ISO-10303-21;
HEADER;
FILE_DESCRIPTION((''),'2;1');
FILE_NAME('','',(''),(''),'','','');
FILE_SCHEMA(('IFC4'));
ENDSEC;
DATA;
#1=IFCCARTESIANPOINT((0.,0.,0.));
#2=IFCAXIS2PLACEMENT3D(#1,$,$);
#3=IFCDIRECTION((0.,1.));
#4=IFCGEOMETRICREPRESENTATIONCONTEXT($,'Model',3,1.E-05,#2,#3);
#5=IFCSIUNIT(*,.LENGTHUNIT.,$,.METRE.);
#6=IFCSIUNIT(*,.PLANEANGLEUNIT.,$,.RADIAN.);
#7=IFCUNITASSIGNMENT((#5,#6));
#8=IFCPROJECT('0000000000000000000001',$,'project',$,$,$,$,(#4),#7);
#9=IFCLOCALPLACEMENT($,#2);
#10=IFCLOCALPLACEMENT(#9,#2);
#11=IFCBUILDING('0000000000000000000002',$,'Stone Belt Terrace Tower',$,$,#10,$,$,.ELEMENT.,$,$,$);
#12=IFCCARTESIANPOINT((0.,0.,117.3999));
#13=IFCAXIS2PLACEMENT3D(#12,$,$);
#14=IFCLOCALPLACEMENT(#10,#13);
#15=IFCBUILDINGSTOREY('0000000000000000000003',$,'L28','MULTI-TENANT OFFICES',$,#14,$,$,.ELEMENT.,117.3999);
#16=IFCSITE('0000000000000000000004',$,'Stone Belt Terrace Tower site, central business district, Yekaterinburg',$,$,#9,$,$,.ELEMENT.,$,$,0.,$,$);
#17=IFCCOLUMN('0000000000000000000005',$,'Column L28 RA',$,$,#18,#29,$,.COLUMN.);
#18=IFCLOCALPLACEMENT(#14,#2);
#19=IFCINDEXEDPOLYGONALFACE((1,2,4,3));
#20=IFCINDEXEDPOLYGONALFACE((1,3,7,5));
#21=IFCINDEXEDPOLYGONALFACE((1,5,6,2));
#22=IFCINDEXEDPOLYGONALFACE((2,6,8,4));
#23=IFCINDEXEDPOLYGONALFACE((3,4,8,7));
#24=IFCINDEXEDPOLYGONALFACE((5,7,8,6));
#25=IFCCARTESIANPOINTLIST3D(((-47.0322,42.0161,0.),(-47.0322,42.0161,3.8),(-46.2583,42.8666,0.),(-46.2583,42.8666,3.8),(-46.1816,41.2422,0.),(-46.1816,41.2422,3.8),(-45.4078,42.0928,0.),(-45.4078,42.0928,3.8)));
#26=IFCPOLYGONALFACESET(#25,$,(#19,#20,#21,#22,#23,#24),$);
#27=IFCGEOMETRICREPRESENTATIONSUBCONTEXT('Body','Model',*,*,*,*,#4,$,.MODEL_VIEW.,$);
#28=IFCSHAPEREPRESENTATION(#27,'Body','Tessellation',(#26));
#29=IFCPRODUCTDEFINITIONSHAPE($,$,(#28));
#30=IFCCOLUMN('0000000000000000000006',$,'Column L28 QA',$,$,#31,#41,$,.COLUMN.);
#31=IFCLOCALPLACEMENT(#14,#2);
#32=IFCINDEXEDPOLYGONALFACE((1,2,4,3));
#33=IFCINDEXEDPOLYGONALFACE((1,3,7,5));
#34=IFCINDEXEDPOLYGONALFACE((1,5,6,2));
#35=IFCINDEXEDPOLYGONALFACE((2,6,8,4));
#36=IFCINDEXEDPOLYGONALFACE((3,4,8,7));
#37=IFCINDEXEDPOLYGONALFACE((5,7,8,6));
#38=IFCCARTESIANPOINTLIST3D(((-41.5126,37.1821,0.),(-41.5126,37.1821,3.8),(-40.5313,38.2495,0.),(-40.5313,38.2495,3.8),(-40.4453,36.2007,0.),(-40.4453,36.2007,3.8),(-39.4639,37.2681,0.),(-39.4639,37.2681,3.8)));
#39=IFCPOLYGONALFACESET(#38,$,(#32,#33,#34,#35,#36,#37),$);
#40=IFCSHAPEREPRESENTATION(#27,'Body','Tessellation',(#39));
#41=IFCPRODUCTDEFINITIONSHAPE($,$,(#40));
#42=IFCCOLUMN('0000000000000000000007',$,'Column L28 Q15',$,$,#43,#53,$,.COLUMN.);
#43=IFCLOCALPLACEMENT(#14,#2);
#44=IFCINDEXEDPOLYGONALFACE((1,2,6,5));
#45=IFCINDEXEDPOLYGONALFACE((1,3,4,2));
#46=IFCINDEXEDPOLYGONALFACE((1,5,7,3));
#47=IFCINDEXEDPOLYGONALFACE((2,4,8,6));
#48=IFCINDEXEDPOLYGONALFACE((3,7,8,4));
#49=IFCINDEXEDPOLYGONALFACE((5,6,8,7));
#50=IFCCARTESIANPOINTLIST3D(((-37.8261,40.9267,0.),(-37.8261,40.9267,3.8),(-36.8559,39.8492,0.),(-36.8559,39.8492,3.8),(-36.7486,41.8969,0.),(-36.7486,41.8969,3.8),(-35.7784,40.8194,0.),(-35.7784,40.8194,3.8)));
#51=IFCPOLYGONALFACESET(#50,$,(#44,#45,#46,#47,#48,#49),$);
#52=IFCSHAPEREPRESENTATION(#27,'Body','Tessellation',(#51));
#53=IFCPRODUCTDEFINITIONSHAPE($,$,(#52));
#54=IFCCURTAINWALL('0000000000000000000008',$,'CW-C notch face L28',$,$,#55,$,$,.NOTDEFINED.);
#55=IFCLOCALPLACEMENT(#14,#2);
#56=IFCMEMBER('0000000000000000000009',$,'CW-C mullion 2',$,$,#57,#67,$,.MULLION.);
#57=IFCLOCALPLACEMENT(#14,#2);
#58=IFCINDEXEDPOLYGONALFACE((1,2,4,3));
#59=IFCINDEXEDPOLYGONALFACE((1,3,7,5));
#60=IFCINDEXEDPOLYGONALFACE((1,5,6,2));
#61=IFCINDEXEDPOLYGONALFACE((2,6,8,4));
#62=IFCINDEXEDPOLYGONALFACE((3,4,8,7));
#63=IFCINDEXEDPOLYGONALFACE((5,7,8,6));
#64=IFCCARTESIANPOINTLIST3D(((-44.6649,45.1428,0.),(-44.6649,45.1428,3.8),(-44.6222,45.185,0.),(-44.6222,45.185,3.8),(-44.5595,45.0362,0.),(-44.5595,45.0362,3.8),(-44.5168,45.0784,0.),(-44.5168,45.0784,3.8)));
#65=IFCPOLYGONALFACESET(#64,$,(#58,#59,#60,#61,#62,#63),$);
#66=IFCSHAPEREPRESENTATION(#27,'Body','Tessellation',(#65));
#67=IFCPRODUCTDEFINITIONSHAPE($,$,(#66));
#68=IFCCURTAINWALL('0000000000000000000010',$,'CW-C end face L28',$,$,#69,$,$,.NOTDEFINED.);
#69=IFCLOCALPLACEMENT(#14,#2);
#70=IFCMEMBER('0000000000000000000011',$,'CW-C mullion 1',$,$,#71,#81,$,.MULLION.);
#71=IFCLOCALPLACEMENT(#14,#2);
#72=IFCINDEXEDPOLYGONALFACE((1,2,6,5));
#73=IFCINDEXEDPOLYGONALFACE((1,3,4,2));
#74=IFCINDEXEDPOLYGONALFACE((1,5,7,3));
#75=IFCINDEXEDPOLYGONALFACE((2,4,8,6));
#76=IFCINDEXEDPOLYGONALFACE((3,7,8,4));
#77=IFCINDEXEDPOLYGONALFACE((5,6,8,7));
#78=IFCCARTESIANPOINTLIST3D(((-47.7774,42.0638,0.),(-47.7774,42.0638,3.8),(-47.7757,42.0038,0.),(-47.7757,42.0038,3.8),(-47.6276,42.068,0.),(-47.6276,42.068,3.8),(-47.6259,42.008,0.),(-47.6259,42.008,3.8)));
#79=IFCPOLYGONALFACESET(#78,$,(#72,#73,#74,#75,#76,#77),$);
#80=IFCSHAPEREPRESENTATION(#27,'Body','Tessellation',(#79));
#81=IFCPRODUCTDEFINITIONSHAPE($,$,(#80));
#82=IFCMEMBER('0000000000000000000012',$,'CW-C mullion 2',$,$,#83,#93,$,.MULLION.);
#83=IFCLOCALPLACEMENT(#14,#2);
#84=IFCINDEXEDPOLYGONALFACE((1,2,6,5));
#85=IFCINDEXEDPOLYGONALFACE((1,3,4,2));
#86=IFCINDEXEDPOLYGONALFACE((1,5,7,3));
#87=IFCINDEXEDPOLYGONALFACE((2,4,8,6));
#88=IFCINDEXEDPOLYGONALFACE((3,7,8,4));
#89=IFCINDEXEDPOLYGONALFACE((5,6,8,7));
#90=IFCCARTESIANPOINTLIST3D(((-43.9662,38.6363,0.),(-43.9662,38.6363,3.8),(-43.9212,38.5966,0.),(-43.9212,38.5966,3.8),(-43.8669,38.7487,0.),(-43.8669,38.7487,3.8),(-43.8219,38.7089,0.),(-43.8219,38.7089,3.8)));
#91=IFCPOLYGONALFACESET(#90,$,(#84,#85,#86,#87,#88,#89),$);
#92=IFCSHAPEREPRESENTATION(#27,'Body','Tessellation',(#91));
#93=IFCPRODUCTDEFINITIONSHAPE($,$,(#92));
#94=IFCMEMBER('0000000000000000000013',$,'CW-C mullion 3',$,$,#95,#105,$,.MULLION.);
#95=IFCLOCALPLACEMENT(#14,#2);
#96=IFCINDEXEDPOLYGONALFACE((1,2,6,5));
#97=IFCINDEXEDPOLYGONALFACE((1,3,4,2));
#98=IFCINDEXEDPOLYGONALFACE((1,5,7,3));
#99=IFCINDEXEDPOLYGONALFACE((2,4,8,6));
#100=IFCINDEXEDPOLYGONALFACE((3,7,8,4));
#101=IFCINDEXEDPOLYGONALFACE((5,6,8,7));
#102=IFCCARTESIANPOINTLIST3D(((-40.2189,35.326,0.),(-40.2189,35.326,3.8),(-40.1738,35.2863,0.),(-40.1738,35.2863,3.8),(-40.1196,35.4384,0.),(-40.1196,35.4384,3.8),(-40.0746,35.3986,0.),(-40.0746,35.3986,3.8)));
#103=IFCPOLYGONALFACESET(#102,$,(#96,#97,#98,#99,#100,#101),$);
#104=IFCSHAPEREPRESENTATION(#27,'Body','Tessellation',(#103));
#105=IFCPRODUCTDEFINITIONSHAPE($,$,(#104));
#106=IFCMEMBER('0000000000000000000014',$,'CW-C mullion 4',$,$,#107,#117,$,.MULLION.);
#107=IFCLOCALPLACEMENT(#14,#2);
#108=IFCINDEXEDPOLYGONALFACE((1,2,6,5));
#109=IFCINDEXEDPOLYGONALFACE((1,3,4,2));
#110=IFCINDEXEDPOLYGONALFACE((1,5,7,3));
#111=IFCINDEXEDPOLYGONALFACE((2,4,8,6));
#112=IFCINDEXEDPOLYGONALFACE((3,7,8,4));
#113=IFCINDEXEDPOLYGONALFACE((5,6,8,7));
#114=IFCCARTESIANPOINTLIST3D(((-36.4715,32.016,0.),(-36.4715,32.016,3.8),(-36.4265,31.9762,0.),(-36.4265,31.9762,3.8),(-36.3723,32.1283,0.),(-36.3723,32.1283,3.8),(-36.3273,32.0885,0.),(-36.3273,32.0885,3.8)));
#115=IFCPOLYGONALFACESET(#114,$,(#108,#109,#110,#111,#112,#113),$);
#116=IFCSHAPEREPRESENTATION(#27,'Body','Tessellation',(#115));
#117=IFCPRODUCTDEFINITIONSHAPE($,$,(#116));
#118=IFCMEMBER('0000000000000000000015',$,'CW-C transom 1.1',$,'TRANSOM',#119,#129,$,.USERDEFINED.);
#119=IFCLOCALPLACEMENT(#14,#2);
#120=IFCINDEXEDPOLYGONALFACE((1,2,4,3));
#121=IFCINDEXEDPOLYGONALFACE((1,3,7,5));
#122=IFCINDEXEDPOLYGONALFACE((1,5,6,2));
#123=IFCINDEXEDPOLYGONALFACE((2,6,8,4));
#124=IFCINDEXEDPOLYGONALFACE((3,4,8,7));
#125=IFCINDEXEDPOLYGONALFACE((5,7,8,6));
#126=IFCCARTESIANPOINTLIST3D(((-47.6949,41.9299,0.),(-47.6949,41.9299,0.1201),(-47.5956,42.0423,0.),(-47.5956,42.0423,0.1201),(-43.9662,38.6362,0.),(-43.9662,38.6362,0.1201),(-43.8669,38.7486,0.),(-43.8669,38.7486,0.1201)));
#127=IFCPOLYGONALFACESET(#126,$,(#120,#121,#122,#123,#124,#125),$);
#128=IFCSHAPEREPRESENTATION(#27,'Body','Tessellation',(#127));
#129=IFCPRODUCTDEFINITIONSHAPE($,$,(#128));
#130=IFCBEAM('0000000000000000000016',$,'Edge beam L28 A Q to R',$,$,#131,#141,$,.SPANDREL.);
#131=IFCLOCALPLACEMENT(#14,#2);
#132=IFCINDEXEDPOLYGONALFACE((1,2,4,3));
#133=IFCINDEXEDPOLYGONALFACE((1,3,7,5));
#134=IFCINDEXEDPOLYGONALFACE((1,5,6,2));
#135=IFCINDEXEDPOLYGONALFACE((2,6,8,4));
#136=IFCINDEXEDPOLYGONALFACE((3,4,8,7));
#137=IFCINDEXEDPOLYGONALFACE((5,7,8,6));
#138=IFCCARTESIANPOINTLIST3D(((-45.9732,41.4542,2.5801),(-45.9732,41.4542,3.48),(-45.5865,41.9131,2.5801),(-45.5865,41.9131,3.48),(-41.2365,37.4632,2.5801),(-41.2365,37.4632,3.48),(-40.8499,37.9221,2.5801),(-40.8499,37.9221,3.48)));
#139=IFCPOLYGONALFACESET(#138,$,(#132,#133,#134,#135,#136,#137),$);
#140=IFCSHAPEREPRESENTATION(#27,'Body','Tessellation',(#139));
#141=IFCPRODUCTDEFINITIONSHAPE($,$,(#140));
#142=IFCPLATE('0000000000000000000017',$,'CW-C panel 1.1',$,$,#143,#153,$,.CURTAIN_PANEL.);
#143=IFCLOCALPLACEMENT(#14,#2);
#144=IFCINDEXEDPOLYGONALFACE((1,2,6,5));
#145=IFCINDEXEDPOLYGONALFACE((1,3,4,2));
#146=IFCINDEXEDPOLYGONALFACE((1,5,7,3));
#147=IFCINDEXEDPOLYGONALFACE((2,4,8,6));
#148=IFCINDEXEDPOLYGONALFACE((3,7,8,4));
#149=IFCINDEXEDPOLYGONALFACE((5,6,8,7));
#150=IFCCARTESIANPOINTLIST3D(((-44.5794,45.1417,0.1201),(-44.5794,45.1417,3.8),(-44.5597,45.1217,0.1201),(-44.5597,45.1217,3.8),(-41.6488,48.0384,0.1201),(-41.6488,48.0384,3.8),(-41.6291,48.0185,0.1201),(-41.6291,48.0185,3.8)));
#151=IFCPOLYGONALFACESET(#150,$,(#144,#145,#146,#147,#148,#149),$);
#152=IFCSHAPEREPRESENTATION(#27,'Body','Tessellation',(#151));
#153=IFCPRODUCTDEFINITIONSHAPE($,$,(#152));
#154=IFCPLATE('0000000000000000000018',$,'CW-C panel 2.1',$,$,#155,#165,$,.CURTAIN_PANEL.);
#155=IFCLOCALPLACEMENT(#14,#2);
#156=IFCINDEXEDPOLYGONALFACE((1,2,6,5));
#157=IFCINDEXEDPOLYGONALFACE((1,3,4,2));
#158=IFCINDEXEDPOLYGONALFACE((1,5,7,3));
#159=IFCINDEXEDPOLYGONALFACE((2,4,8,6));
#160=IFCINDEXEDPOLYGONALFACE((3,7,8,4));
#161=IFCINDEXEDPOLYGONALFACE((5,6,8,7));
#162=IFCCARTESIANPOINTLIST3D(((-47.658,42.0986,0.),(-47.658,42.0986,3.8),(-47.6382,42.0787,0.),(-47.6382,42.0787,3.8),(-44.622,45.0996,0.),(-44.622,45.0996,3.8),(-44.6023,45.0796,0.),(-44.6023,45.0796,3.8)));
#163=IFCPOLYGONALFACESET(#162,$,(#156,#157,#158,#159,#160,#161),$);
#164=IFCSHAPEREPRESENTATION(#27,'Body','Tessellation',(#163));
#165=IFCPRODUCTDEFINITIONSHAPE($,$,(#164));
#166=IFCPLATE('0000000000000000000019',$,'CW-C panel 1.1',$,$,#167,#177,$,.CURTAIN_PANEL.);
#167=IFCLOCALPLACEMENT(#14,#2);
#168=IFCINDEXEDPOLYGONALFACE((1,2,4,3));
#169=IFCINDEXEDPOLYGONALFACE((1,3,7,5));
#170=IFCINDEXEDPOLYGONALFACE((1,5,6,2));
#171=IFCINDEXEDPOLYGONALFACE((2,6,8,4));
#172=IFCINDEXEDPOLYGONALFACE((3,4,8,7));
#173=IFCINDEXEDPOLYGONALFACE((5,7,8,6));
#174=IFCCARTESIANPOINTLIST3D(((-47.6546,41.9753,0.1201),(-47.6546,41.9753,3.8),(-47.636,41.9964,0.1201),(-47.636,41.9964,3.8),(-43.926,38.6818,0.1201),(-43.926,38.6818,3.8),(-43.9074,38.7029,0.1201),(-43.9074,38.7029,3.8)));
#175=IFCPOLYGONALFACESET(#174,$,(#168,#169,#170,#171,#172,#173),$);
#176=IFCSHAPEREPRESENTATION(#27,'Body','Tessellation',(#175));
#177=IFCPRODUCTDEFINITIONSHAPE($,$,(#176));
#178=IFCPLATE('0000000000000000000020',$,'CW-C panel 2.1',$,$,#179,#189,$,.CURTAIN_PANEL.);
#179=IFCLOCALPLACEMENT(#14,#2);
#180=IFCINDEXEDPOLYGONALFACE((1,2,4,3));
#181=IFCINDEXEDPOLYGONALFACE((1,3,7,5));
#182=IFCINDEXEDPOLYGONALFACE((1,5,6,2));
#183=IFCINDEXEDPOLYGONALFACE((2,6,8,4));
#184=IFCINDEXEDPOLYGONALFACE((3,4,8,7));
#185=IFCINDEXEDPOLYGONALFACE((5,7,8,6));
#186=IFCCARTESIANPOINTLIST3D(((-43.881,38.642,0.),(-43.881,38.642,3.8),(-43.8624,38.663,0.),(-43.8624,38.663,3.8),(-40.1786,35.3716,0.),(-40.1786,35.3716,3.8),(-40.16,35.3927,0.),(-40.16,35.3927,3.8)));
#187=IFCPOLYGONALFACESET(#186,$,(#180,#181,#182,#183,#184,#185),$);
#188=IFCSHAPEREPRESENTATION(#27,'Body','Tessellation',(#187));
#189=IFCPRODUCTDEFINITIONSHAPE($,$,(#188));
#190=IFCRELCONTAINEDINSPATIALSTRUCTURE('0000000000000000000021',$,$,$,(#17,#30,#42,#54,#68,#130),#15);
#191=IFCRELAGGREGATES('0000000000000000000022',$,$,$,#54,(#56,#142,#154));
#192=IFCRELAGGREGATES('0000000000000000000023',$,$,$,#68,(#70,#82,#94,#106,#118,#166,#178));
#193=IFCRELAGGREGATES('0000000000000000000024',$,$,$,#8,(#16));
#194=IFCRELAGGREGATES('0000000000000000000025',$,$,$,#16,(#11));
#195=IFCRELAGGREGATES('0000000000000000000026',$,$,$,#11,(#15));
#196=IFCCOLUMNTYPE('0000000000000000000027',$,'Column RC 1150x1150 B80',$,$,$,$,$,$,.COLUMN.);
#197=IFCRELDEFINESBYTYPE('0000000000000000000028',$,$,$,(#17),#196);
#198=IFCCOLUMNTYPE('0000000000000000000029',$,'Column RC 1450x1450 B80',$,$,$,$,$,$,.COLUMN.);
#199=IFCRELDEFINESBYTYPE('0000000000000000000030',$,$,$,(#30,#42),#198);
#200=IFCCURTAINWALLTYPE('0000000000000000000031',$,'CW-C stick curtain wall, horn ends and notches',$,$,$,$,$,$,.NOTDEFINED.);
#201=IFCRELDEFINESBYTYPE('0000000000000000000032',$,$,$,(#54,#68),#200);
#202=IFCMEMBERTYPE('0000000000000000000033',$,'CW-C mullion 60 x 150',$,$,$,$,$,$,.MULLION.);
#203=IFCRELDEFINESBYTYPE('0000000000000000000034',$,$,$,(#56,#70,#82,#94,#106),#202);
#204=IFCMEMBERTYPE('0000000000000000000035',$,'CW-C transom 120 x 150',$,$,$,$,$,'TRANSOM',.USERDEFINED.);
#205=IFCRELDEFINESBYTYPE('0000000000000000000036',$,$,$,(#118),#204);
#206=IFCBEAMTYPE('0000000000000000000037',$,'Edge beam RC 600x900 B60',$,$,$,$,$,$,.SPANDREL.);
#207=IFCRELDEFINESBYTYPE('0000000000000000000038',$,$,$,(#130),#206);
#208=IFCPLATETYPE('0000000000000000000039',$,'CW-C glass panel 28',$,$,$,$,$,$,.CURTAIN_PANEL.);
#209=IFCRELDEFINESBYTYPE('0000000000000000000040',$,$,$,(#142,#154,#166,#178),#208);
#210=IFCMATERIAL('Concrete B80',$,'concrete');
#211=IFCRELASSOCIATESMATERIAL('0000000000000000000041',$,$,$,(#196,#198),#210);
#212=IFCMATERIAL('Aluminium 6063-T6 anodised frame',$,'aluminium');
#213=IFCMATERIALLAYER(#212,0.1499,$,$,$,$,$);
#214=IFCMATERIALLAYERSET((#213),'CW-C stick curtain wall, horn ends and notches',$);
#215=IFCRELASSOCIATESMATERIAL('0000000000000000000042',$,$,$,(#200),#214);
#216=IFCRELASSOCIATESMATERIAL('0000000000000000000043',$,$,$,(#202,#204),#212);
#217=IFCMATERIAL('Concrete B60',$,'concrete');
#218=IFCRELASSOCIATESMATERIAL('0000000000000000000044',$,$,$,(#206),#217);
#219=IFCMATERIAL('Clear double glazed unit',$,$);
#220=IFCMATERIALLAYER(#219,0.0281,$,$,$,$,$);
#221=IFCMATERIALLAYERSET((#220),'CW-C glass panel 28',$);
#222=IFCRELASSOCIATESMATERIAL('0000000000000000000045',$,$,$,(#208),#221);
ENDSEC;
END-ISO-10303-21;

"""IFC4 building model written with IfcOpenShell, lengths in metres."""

from ifc_helpers import new_model, si_unit, direction, frame, origin, origin_2d, place, context, subcontext, project, spatial, rectangle, extrude, material, layer, layer_set, material_profile, profile_set, type_object, element, aggregate, save


model = new_model("IFC4")

# Units and contexts
model_context = context("Model", 3, precision=1e-05, world=origin(), true_north=direction((0.0, 1.0)))
body_context = subcontext(model_context, "Body", "Model", "MODEL_VIEW")
ifc_project = project(units=[si_unit("LENGTHUNIT", "METRE"), si_unit("PLANEANGLEUNIT", "RADIAN")], contexts=[model_context])

# Site, building, storey
site_placement = place(None, origin())
site = spatial("IfcSite", under=ifc_project, at=site_placement, Name="Stone Belt Terrace Tower site, central business district, Yekaterinburg", CompositionType="ELEMENT", RefElevation=0.0)
building_placement = place(site_placement, origin())
building = spatial("IfcBuilding", under=site, at=building_placement, Name="Stone Belt Terrace Tower", CompositionType="ELEMENT")
storey_placement = place(building_placement, frame((0.0, 0.0, 117.3999)))
storey = spatial("IfcBuildingStorey", under=building, at=storey_placement, Name="L28", Description="MULTI-TENANT OFFICES", CompositionType="ELEMENT", Elevation=117.3999)

# Columns
ifc_material_1 = material(Name="Concrete B80", Category="concrete")
ifc_material_profile_1 = material_profile(ifc_material_1, rectangle(XDim=1.1499, YDim=1.1499, at=origin_2d()), Name="RC 1150x1150")
ifc_profile_set_1 = profile_set([ifc_material_profile_1], Name="Concrete B80")
column_type_1 = type_object("IfcColumnType", Name="Column RC 1150x1150 B80", PredefinedType="COLUMN", material=ifc_profile_set_1)
column_placement = place(storey_placement, frame((-46.22, 42.0544, 0.0), z_axis=(0.0, 0.0, 1.0), x_axis=(0.672992, 0.73965, 0.0)))
element("IfcColumn", 1, at=column_placement, inside=storey, type_object=column_type_1, Name="Column L28 RA", PredefinedType="COLUMN", context=body_context, shape_type="SweptSolid", body=[
    extrude(rectangle(XDim=1.1499, YDim=1.1499, at=origin_2d()), origin(), (0.0, 0.0, 1.0), 3.8),
])
ifc_material_profile_2 = material_profile(ifc_material_1, rectangle(XDim=1.45, YDim=1.45, at=origin_2d()), Name="RC 1450x1450")
ifc_profile_set_2 = profile_set([ifc_material_profile_2], Name="Concrete B80")
column_type_2 = type_object("IfcColumnType", Name="Column RC 1450x1450 B80", PredefinedType="COLUMN", material=ifc_profile_set_2)
for number, where, z_axis, x_axis, name in (
    (2, (-40.4883, 37.2251, 0.0), (0.0, 0.0, 1.0), (0.676819, 0.736149, 0.0), "Column L28 QA"),
    (3, (-36.8022, 40.873, 0.0), (0.0, 0.0, 1.0), (0.743145, 0.669131, 0.0), "Column L28 Q15"),
):
    element("IfcColumn", number, at=place(storey_placement, frame(where, z_axis=z_axis, x_axis=x_axis)), inside=storey, type_object=column_type_2, Name=name, PredefinedType="COLUMN", context=body_context, shape_type="SweptSolid", body=[
        extrude(rectangle(XDim=1.45, YDim=1.45, at=origin_2d()), origin(), (0.0, 0.0, 1.0), 3.8),
    ])

# Curtain wall, member
ifc_material_2 = material(Name="Aluminium 6063-T6 anodised frame", Category="aluminium")
ifc_layer_1 = layer(ifc_material_2, 0.1499)
ifc_layer_set_1 = layer_set([ifc_layer_1], Name="CW-C stick curtain wall, horn ends and notches")
curtain_wall_type = type_object("IfcCurtainWallType", Name="CW-C stick curtain wall, horn ends and notches", PredefinedType="NOTDEFINED", material=ifc_layer_set_1)
curtain_wall_1_placement = place(storey_placement, origin())
curtain_wall_1 = element("IfcCurtainWall", 4, at=curtain_wall_1_placement, inside=storey, type_object=curtain_wall_type, Name="CW-C notch face L28", PredefinedType="NOTDEFINED")
ifc_material_profile_3 = material_profile(ifc_material_2, rectangle(XDim=0.1499, YDim=0.0601, at=origin_2d()), Name="Aluminium 6063-T6 60x150")
ifc_profile_set_3 = profile_set([ifc_material_profile_3], Name="Aluminium 6063-T6 anodised frame")
member_type_1 = type_object("IfcMemberType", Name="CW-C mullion 60 x 150", PredefinedType="MULLION", material=ifc_profile_set_3)
member_1_placement = place(storey_placement, frame((-44.5908, 45.1106, 0.0), z_axis=(0.0, 0.0, 1.0), x_axis=(0.702998, -0.711192, 0.0)))
member_1 = element("IfcMember", 5, at=member_1_placement, type_object=member_type_1, Name="CW-C mullion 2", PredefinedType="MULLION", context=body_context, shape_type="SweptSolid", body=[
    extrude(rectangle(XDim=0.1499, YDim=0.0601, at=origin_2d()), origin(), (0.0, 0.0, 1.0), 3.8),
])

# Curtain wall, members
curtain_wall_2_placement = place(storey_placement, origin())
curtain_wall_2 = element("IfcCurtainWall", 6, at=curtain_wall_2_placement, inside=storey, type_object=curtain_wall_type, Name="CW-C end face L28", PredefinedType="NOTDEFINED")
member_2_placement = place(storey_placement, frame((-47.7017, 42.0359, 0.0), z_axis=(0.0, 0.0, 1.0), x_axis=(0.999607, 0.028036, 0.0)))
member_2 = element("IfcMember", 7, at=member_2_placement, type_object=member_type_1, Name="CW-C mullion 1", PredefinedType="MULLION", context=body_context, shape_type="SweptSolid", body=[
    extrude(rectangle(XDim=0.1499, YDim=0.0601, at=origin_2d()), origin(), (0.0, 0.0, 1.0), 3.8),
])
member_3_placement = place(storey_placement, frame((-43.894, 38.6726, 0.0), z_axis=(0.0, 0.0, 1.0), x_axis=(0.66203, 0.749478, 0.0)))
member_3 = element("IfcMember", 8, at=member_3_placement, type_object=member_type_1, Name="CW-C mullion 2", PredefinedType="MULLION", context=body_context, shape_type="SweptSolid", body=[
    extrude(rectangle(XDim=0.1499, YDim=0.0601, at=origin_2d()), origin(), (0.0, 0.0, 1.0), 3.8),
])
member_4_placement = place(storey_placement, frame((-40.1467, 35.3623, 0.0), z_axis=(0.0, 0.0, 1.0), x_axis=(0.66203, 0.749478, 0.0)))
member_4 = element("IfcMember", 9, at=member_4_placement, type_object=member_type_1, Name="CW-C mullion 3", PredefinedType="MULLION", context=body_context, shape_type="SweptSolid", body=[
    extrude(rectangle(XDim=0.1499, YDim=0.0601, at=origin_2d()), origin(), (0.0, 0.0, 1.0), 3.8),
])
member_5_placement = place(storey_placement, frame((-36.3994, 32.0522, 0.0), z_axis=(0.0, 0.0, 1.0), x_axis=(0.66203, 0.749478, 0.0)))
member_5 = element("IfcMember", 10, at=member_5_placement, type_object=member_type_1, Name="CW-C mullion 4", PredefinedType="MULLION", context=body_context, shape_type="SweptSolid", body=[
    extrude(rectangle(XDim=0.1499, YDim=0.0601, at=origin_2d()), origin(), (0.0, 0.0, 1.0), 3.8),
])
ifc_material_profile_4 = material_profile(ifc_material_2, rectangle(XDim=0.1499, YDim=0.1201, at=origin_2d()), Name="Aluminium 6063-T6 150x120")
ifc_profile_set_4 = profile_set([ifc_material_profile_4], Name="Aluminium 6063-T6 anodised frame")
member_type_2 = type_object("IfcMemberType", Name="CW-C transom 120 x 150", ElementType="TRANSOM", PredefinedType="USERDEFINED", material=ifc_profile_set_4)
member_6_placement = place(storey_placement, frame((-47.6453, 41.9861, 0.0601), z_axis=(0.749477, -0.662031, 0.0), x_axis=(0.662031, 0.749477, 0.0)))
member_6 = element("IfcMember", 11, at=member_6_placement, type_object=member_type_2, Name="CW-C transom 1.1", ObjectType="TRANSOM", PredefinedType="USERDEFINED", context=body_context, shape_type="SweptSolid", body=[
    extrude(rectangle(XDim=0.1499, YDim=0.1201, at=origin_2d()), origin(), (0.0, 0.0, 1.0), 4.9751),
])

# Beam
ifc_material_3 = material(Name="Concrete B60", Category="concrete")
ifc_material_profile_5 = material_profile(ifc_material_3, rectangle(XDim=0.6001, YDim=0.8999, at=origin_2d()), Name="RC 600x900")
ifc_profile_set_5 = profile_set([ifc_material_profile_5], Name="Concrete B60")
beam_type = type_object("IfcBeamType", Name="Edge beam RC 600x900 B60", PredefinedType="SPANDREL", material=ifc_profile_set_5)
beam_placement = place(storey_placement, frame((-41.0432, 37.6926, 3.03), z_axis=(-0.76473, 0.644351, 0.0), x_axis=(-0.644351, -0.76473, 0.0)))
element("IfcBeam", 12, at=beam_placement, inside=storey, type_object=beam_type, Name="Edge beam L28 A Q to R", PredefinedType="SPANDREL", context=body_context, shape_type="SweptSolid", body=[
    extrude(rectangle(XDim=0.6001, YDim=0.8999, at=origin_2d()), origin(), (0.0, 0.0, 1.0), 6.1938),
])

# Plates
ifc_material_4 = material(Name="Clear double glazed unit")
ifc_layer_2 = layer(ifc_material_4, 0.0281)
ifc_layer_set_2 = layer_set([ifc_layer_2], Name="CW-C glass panel 28")
plate_type = type_object("IfcPlateType", Name="CW-C glass panel 28", PredefinedType="CURTAIN_PANEL", material=ifc_layer_set_2)
plate_1_placement = place(storey_placement, frame((-43.1042, 46.5801, 0.1201), z_axis=(0.0, 0.0, 1.0), x_axis=(-0.711192, -0.702998, 0.0)))
plate_1 = element("IfcPlate", 13, at=plate_1_placement, type_object=plate_type, Name="CW-C panel 1.1", PredefinedType="CURTAIN_PANEL", context=body_context, shape_type="SweptSolid", body=[
    extrude(rectangle(XDim=4.1206, YDim=0.0281, at=origin_2d()), origin(), (0.0, 0.0, 1.0), 3.6799),
])
plate_2_placement = place(storey_placement, frame((-46.1301, 43.5891, 0.0), z_axis=(0.0, 0.0, 1.0), x_axis=(-0.711192, -0.702998, 0.0)))
plate_2 = element("IfcPlate", 14, at=plate_2_placement, type_object=plate_type, Name="CW-C panel 2.1", PredefinedType="CURTAIN_PANEL", context=body_context, shape_type="SweptSolid", body=[
    extrude(rectangle(XDim=4.2688, YDim=0.0281, at=origin_2d()), origin(), (0.0, 0.0, 1.0), 3.8),
])
aggregate(curtain_wall_1, [member_1, plate_1, plate_2])
plate_3_placement = place(storey_placement, frame((-45.781, 40.3391, 0.1201), z_axis=(0.0, 0.0, 1.0), x_axis=(0.749478, -0.66203, 0.0)))
plate_3 = element("IfcPlate", 15, at=plate_3_placement, type_object=plate_type, Name="CW-C panel 1.1", PredefinedType="CURTAIN_PANEL", context=body_context, shape_type="SweptSolid", body=[
    extrude(rectangle(XDim=4.9749, YDim=0.0281, at=origin_2d()), origin(), (0.0, 0.0, 1.0), 3.6799),
])
plate_4_placement = place(storey_placement, frame((-42.0205, 37.0173, 0.0), z_axis=(0.0, 0.0, 1.0), x_axis=(0.749478, -0.66203, 0.0)))
plate_4 = element("IfcPlate", 16, at=plate_4_placement, type_object=plate_type, Name="CW-C panel 2.1", PredefinedType="CURTAIN_PANEL", context=body_context, shape_type="SweptSolid", body=[
    extrude(rectangle(XDim=4.9399, YDim=0.0281, at=origin_2d()), origin(), (0.0, 0.0, 1.0), 3.8),
])
aggregate(curtain_wall_2, [member_2, member_3, member_4, member_5, member_6, plate_3, plate_4])

save(model, "model.ifc")
